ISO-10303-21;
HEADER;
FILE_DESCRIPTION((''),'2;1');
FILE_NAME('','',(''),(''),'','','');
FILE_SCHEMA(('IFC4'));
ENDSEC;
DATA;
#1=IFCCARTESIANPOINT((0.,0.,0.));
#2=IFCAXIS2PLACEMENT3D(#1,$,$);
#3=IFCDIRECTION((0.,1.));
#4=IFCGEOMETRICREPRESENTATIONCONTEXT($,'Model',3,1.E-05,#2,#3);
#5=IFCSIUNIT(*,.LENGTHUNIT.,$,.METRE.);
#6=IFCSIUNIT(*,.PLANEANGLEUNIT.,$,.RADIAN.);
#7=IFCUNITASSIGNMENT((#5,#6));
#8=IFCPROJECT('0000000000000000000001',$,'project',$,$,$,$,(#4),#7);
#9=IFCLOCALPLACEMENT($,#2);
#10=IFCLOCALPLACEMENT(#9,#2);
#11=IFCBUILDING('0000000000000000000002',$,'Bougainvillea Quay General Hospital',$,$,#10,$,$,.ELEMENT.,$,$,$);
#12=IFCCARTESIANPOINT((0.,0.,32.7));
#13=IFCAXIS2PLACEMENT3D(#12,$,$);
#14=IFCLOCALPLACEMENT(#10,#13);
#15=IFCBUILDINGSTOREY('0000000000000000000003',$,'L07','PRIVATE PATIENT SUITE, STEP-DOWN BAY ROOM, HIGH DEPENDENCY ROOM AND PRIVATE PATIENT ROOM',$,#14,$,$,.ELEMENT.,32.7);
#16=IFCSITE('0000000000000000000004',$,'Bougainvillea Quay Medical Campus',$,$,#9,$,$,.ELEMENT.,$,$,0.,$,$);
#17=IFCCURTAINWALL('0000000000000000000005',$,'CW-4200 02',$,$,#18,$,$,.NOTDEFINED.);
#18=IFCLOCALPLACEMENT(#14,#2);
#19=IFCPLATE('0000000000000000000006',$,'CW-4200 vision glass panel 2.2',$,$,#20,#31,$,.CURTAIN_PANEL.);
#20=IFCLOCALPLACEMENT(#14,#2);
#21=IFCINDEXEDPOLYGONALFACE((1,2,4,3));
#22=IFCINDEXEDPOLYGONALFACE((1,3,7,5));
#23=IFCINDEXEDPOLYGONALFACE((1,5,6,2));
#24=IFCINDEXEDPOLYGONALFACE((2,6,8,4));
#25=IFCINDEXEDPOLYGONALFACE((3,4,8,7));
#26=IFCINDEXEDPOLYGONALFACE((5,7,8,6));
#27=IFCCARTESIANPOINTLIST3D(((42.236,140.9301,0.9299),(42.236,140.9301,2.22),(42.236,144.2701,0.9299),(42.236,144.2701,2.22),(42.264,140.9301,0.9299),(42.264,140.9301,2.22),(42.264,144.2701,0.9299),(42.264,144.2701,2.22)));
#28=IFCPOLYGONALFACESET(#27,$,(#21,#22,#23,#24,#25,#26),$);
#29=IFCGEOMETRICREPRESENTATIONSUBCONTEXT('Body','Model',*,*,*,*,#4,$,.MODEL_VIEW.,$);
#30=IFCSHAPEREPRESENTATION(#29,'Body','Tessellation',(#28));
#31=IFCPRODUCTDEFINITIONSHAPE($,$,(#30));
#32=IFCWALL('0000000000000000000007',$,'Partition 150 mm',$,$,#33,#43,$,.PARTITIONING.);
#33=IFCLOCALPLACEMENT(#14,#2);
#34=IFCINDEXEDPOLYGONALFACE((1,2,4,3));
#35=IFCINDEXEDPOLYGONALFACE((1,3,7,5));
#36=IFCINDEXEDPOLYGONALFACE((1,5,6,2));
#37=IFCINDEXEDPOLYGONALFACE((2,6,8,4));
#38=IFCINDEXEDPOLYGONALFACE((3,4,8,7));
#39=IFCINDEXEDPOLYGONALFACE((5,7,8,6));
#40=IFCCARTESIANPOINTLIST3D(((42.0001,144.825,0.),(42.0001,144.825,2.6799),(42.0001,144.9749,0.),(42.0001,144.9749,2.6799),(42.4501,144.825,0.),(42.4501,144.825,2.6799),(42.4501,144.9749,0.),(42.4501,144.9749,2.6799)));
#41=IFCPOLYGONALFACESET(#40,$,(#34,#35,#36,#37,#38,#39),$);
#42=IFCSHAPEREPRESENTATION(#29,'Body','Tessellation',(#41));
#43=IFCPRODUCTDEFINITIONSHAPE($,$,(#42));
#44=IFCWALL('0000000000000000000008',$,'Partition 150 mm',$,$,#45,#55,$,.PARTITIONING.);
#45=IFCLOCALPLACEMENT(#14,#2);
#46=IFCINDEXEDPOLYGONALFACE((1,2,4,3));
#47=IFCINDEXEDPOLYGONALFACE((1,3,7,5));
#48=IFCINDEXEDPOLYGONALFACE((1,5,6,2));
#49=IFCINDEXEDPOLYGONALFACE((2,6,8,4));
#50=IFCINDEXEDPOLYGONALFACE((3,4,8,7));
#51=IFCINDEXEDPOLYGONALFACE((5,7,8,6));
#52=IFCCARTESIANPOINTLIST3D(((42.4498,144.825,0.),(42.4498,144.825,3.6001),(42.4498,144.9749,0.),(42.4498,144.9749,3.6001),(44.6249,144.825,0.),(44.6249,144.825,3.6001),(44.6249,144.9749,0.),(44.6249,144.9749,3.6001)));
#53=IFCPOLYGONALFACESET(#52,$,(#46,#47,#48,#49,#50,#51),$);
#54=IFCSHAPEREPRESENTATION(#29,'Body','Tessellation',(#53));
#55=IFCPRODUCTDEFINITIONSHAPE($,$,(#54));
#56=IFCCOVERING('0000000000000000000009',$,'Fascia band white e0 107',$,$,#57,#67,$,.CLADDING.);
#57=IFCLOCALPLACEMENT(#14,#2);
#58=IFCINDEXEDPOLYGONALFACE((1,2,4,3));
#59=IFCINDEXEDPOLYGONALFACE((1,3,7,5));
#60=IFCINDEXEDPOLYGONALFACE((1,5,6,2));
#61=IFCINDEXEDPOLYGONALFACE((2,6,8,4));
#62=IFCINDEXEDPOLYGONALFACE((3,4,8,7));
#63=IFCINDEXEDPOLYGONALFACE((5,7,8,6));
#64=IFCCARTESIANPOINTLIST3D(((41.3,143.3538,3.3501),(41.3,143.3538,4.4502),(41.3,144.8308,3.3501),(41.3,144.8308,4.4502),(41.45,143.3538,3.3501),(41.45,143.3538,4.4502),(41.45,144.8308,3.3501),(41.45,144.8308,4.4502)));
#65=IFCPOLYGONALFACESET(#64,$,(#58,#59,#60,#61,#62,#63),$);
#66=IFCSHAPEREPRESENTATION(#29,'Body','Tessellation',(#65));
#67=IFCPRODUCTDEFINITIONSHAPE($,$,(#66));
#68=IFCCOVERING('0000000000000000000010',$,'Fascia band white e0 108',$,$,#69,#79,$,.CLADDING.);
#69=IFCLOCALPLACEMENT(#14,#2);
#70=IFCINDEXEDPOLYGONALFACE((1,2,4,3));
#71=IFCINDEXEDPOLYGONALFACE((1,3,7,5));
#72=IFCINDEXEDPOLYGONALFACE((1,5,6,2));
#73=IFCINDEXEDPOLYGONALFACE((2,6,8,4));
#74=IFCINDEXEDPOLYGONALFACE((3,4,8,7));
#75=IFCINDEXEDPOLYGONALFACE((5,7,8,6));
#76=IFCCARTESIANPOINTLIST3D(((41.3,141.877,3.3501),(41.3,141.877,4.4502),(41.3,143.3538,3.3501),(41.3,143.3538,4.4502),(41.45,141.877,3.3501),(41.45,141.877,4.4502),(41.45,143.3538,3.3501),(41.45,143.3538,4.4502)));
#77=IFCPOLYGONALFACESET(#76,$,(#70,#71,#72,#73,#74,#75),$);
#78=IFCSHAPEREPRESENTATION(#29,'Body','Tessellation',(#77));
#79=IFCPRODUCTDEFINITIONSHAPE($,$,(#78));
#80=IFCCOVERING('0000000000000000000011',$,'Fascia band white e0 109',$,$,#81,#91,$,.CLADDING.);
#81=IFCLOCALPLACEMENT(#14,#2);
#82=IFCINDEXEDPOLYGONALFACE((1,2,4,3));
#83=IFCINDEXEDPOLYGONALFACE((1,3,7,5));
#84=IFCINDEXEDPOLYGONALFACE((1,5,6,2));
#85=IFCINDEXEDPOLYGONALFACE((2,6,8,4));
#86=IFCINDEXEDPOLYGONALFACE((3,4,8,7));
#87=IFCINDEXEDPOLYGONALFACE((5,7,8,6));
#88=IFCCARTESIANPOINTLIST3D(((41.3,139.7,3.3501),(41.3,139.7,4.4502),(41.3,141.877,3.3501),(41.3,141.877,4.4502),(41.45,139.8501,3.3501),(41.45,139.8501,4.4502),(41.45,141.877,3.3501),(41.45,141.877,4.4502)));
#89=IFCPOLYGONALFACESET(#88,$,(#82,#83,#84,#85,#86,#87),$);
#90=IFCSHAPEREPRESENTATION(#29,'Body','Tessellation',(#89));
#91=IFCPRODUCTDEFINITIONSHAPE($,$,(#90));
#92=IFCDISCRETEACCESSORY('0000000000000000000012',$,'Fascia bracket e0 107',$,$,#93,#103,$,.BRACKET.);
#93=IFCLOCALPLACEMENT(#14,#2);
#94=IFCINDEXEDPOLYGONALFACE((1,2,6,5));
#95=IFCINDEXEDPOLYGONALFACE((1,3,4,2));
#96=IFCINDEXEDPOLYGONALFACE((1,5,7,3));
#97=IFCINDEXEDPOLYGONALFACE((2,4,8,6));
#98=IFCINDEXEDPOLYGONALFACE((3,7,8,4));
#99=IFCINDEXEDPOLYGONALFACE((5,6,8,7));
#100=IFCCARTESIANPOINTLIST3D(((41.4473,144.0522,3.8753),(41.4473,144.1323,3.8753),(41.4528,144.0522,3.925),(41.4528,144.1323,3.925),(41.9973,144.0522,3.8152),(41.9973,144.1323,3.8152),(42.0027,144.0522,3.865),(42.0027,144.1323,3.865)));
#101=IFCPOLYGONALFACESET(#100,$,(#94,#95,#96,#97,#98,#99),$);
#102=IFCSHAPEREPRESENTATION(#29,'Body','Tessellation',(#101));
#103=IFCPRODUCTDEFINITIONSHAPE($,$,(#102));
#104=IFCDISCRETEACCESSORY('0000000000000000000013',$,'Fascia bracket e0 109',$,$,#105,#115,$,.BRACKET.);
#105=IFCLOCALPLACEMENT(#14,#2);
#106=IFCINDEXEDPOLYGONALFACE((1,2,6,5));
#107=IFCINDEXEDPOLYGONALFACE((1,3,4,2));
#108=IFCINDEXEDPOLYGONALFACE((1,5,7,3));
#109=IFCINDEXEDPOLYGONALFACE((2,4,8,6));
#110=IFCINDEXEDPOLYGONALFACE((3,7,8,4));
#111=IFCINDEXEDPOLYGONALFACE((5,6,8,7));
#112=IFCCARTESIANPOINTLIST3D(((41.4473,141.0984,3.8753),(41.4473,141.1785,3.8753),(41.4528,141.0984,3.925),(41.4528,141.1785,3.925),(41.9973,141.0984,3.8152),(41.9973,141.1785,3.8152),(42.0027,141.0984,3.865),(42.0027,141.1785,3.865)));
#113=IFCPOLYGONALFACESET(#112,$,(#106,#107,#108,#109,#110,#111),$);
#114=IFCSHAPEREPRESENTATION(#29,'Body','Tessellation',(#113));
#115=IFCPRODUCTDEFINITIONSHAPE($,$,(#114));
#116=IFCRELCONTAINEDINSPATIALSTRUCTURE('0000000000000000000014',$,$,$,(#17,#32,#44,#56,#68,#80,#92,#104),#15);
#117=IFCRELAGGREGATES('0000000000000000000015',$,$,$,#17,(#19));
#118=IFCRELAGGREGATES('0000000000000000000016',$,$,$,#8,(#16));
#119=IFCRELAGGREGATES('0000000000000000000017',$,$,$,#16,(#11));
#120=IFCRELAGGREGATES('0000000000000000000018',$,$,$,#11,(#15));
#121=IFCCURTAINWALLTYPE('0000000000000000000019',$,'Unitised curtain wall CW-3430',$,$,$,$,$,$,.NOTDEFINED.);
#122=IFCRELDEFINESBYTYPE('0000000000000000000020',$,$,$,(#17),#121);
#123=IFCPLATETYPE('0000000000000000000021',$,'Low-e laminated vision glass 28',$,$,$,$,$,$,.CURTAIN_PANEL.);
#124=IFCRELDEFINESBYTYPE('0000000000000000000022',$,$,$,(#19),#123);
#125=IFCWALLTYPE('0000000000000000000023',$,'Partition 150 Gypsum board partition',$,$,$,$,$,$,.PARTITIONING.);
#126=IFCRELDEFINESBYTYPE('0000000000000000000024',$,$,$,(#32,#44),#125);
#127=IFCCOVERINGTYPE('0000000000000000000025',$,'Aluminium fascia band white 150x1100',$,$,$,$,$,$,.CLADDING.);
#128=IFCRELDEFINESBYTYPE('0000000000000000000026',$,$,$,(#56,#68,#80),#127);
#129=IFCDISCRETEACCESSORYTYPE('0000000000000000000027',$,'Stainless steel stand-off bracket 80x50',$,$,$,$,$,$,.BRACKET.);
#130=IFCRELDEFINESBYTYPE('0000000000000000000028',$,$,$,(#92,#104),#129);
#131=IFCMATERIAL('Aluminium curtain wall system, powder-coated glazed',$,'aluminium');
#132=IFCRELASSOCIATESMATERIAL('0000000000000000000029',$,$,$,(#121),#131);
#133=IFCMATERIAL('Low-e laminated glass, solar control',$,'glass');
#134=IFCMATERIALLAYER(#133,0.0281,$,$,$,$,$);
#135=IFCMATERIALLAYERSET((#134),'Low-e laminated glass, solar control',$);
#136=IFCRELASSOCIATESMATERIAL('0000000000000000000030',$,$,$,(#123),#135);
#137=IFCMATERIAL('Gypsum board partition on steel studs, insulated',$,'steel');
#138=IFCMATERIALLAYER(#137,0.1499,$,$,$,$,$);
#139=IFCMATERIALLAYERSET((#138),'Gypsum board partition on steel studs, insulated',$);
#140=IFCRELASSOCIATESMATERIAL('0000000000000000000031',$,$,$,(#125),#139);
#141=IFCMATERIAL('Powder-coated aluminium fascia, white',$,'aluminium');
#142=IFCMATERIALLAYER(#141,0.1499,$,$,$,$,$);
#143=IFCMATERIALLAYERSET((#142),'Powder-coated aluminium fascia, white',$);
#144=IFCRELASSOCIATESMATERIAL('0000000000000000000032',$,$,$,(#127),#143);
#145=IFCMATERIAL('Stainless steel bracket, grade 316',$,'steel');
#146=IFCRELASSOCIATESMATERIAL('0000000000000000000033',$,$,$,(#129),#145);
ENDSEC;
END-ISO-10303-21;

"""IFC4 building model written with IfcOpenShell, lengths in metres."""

from ifc_helpers import new_model, si_unit, direction, frame, frame_2d, origin, origin_2d, place, context, subcontext, project, spatial, polyline, rectangle, outline, extrude, material, layer, layer_set, material_profile, profile_set, type_object, element, aggregate, save


model = new_model("IFC4")

# Units and contexts
model_context = context("Model", 3, precision=1e-05, world=origin(), true_north=direction((0.0, 1.0)))
body_context = subcontext(model_context, "Body", "Model", "MODEL_VIEW")
ifc_project = project(units=[si_unit("LENGTHUNIT", "METRE"), si_unit("PLANEANGLEUNIT", "RADIAN")], contexts=[model_context])

# Site, building, storey
site_placement = place(None, origin())
site = spatial("IfcSite", under=ifc_project, at=site_placement, Name="Bougainvillea Quay Medical Campus", CompositionType="ELEMENT", RefElevation=0.0)
building_placement = place(site_placement, origin())
building = spatial("IfcBuilding", under=site, at=building_placement, Name="Bougainvillea Quay General Hospital", CompositionType="ELEMENT")
storey_placement = place(building_placement, frame((0.0, 0.0, 32.7)))
storey = spatial("IfcBuildingStorey", under=building, at=storey_placement, Name="L07", Description="PRIVATE PATIENT SUITE, STEP-DOWN BAY ROOM, HIGH DEPENDENCY ROOM AND PRIVATE PATIENT ROOM", CompositionType="ELEMENT", Elevation=32.7)

# Curtain wall
ifc_material_1 = material(Name="Aluminium curtain wall system, powder-coated glazed", Category="aluminium")
curtain_wall_type_1 = type_object("IfcCurtainWallType", Name="Unitised curtain wall CW-3430", PredefinedType="NOTDEFINED", material=ifc_material_1)
curtain_wall_1_placement = place(storey_placement, origin())
curtain_wall_1 = element("IfcCurtainWall", 1, at=curtain_wall_1_placement, inside=storey, type_object=curtain_wall_type_1, Name="CW-4200 02", PredefinedType="NOTDEFINED")

# Plate
ifc_material_2 = material(Name="Low-e laminated glass, solar control", Category="glass")
ifc_layer_1 = layer(ifc_material_2, 0.0281)
ifc_layer_set_1 = layer_set([ifc_layer_1], Name="Low-e laminated glass, solar control")
plate_type_1 = type_object("IfcPlateType", Name="Low-e laminated vision glass 28", PredefinedType="CURTAIN_PANEL", material=ifc_layer_set_1)
plate_1_placement = place(storey_placement, frame((42.25, 142.6001, 0.9299), z_axis=(0.0, 0.0, 1.0), x_axis=(0.0, -1.0, 0.0)))
plate_1 = element("IfcPlate", 2, at=plate_1_placement, type_object=plate_type_1, Name="CW-4200 vision glass panel 2.2", PredefinedType="CURTAIN_PANEL", context=body_context, shape_type="SweptSolid", body=[
    extrude(rectangle(XDim=3.3401, YDim=0.0281, at=origin_2d()), origin(), (0.0, 0.0, 1.0), 1.29),
])
aggregate(curtain_wall_1, [plate_1])

# Walls
ifc_material_3 = material(Name="Gypsum board partition on steel studs, insulated", Category="steel")
ifc_layer_2 = layer(ifc_material_3, 0.1499)
ifc_layer_set_2 = layer_set([ifc_layer_2], Name="Gypsum board partition on steel studs, insulated")
wall_type = type_object("IfcWallType", Name="Partition 150 Gypsum board partition", PredefinedType="PARTITIONING", material=ifc_layer_set_2)
wall_1_placement = place(storey_placement, frame((42.0, 144.8999, 0.0), z_axis=(0.0, 0.0, 1.0), x_axis=(1.0, 0.0, 0.0)))
element("IfcWall", 3, at=wall_1_placement, inside=storey, type_object=wall_type, Name="Partition 150 mm", PredefinedType="PARTITIONING", context=body_context, shape_type="SweptSolid", body=[
    extrude(rectangle(XDim=0.45, YDim=0.1499, at=frame_2d((0.2251, 0.0))), origin(), (0.0, 0.0, 1.0), 2.6799),
])
wall_2_placement = place(storey_placement, frame((42.45, 144.8999, 0.0), z_axis=(0.0, 0.0, 1.0), x_axis=(1.0, 0.0, 0.0)))
element("IfcWall", 4, at=wall_2_placement, inside=storey, type_object=wall_type, Name="Partition 150 mm", PredefinedType="PARTITIONING", context=body_context, shape_type="SweptSolid", body=[
    extrude(rectangle(XDim=2.175, YDim=0.1499, at=frame_2d((1.0874, 0.0))), origin(), (0.0, 0.0, 1.0), 3.6001),
])

# Coverings
ifc_material_4 = material(Name="Powder-coated aluminium fascia, white", Category="aluminium")
ifc_layer_3 = layer(ifc_material_4, 0.1499)
ifc_layer_set_3 = layer_set([ifc_layer_3], Name="Powder-coated aluminium fascia, white")
covering_type = type_object("IfcCoveringType", Name="Aluminium fascia band white 150x1100", PredefinedType="CLADDING", material=ifc_layer_set_3)
covering_1_placement = place(storey_placement, frame((41.45, 144.8308, 3.3501), z_axis=(0.0, 0.0, 1.0), x_axis=(0.0, -1.0, 0.0)))
element("IfcCovering", 5, at=covering_1_placement, inside=storey, type_object=covering_type, Name="Fascia band white e0 107", PredefinedType="CLADDING", context=body_context, shape_type="SweptSolid", body=[
    extrude(outline(polyline([(0.0, 0.0), (1.4771, 0.0), (1.4771, -0.1499), (0.0, -0.1499), (0.0, 0.0)])), origin(), (0.0, 0.0, 1.0), 1.1001),
])
covering_2_placement = place(storey_placement, frame((41.45, 143.3538, 3.3501), z_axis=(0.0, 0.0, 1.0), x_axis=(0.0, -1.0, 0.0)))
element("IfcCovering", 6, at=covering_2_placement, inside=storey, type_object=covering_type, Name="Fascia band white e0 108", PredefinedType="CLADDING", context=body_context, shape_type="SweptSolid", body=[
    extrude(outline(polyline([(0.0, 0.0), (1.4768, 0.0), (1.4768, -0.1499), (0.0, -0.1499), (0.0, 0.0)])), origin(), (0.0, 0.0, 1.0), 1.1001),
])
covering_3_placement = place(storey_placement, frame((41.45, 141.877, 3.3501), z_axis=(0.0, 0.0, 1.0), x_axis=(0.0, -1.0, 0.0)))
element("IfcCovering", 7, at=covering_3_placement, inside=storey, type_object=covering_type, Name="Fascia band white e0 109", PredefinedType="CLADDING", context=body_context, shape_type="SweptSolid", body=[
    extrude(outline(polyline([(0.0, 0.0), (2.0269, 0.0), (2.177, -0.1499), (0.0, -0.1499), (0.0, 0.0)])), origin(), (0.0, 0.0, 1.0), 1.1001),
])

# Discrete accessories
ifc_material_5 = material(Name="Stainless steel bracket, grade 316", Category="steel")
ifc_material_profile_1 = material_profile(ifc_material_5, rectangle(XDim=0.0801, YDim=0.05, at=origin_2d()))
ifc_profile_set_1 = profile_set([ifc_material_profile_1], Name="Stainless steel bracket, grade 316")
discrete_accessory_type = type_object("IfcDiscreteAccessoryType", Name="Stainless steel stand-off bracket 80x50", PredefinedType="BRACKET", material=ifc_profile_set_1)
for number, where, z_axis, x_axis, name in (
    (8, (42.0, 144.0923, 3.8401), (-0.994092, 0.0, 0.108543), (0.0, -1.0, 0.0), "Fascia bracket e0 107"),
    (9, (42.0, 141.1384, 3.8401), (-0.994092, 0.0, 0.108543), (0.0, -1.0, 0.0), "Fascia bracket e0 109"),
):
    element("IfcDiscreteAccessory", number, at=place(storey_placement, frame(where, z_axis=z_axis, x_axis=x_axis)), inside=storey, type_object=discrete_accessory_type, Name=name, PredefinedType="BRACKET", context=body_context, shape_type="SweptSolid", body=[
        extrude(rectangle(XDim=0.0801, YDim=0.05, at=origin_2d()), origin(), (0.0, 0.0, 1.0), 0.5532),
    ])

save(model, "model.ifc")
